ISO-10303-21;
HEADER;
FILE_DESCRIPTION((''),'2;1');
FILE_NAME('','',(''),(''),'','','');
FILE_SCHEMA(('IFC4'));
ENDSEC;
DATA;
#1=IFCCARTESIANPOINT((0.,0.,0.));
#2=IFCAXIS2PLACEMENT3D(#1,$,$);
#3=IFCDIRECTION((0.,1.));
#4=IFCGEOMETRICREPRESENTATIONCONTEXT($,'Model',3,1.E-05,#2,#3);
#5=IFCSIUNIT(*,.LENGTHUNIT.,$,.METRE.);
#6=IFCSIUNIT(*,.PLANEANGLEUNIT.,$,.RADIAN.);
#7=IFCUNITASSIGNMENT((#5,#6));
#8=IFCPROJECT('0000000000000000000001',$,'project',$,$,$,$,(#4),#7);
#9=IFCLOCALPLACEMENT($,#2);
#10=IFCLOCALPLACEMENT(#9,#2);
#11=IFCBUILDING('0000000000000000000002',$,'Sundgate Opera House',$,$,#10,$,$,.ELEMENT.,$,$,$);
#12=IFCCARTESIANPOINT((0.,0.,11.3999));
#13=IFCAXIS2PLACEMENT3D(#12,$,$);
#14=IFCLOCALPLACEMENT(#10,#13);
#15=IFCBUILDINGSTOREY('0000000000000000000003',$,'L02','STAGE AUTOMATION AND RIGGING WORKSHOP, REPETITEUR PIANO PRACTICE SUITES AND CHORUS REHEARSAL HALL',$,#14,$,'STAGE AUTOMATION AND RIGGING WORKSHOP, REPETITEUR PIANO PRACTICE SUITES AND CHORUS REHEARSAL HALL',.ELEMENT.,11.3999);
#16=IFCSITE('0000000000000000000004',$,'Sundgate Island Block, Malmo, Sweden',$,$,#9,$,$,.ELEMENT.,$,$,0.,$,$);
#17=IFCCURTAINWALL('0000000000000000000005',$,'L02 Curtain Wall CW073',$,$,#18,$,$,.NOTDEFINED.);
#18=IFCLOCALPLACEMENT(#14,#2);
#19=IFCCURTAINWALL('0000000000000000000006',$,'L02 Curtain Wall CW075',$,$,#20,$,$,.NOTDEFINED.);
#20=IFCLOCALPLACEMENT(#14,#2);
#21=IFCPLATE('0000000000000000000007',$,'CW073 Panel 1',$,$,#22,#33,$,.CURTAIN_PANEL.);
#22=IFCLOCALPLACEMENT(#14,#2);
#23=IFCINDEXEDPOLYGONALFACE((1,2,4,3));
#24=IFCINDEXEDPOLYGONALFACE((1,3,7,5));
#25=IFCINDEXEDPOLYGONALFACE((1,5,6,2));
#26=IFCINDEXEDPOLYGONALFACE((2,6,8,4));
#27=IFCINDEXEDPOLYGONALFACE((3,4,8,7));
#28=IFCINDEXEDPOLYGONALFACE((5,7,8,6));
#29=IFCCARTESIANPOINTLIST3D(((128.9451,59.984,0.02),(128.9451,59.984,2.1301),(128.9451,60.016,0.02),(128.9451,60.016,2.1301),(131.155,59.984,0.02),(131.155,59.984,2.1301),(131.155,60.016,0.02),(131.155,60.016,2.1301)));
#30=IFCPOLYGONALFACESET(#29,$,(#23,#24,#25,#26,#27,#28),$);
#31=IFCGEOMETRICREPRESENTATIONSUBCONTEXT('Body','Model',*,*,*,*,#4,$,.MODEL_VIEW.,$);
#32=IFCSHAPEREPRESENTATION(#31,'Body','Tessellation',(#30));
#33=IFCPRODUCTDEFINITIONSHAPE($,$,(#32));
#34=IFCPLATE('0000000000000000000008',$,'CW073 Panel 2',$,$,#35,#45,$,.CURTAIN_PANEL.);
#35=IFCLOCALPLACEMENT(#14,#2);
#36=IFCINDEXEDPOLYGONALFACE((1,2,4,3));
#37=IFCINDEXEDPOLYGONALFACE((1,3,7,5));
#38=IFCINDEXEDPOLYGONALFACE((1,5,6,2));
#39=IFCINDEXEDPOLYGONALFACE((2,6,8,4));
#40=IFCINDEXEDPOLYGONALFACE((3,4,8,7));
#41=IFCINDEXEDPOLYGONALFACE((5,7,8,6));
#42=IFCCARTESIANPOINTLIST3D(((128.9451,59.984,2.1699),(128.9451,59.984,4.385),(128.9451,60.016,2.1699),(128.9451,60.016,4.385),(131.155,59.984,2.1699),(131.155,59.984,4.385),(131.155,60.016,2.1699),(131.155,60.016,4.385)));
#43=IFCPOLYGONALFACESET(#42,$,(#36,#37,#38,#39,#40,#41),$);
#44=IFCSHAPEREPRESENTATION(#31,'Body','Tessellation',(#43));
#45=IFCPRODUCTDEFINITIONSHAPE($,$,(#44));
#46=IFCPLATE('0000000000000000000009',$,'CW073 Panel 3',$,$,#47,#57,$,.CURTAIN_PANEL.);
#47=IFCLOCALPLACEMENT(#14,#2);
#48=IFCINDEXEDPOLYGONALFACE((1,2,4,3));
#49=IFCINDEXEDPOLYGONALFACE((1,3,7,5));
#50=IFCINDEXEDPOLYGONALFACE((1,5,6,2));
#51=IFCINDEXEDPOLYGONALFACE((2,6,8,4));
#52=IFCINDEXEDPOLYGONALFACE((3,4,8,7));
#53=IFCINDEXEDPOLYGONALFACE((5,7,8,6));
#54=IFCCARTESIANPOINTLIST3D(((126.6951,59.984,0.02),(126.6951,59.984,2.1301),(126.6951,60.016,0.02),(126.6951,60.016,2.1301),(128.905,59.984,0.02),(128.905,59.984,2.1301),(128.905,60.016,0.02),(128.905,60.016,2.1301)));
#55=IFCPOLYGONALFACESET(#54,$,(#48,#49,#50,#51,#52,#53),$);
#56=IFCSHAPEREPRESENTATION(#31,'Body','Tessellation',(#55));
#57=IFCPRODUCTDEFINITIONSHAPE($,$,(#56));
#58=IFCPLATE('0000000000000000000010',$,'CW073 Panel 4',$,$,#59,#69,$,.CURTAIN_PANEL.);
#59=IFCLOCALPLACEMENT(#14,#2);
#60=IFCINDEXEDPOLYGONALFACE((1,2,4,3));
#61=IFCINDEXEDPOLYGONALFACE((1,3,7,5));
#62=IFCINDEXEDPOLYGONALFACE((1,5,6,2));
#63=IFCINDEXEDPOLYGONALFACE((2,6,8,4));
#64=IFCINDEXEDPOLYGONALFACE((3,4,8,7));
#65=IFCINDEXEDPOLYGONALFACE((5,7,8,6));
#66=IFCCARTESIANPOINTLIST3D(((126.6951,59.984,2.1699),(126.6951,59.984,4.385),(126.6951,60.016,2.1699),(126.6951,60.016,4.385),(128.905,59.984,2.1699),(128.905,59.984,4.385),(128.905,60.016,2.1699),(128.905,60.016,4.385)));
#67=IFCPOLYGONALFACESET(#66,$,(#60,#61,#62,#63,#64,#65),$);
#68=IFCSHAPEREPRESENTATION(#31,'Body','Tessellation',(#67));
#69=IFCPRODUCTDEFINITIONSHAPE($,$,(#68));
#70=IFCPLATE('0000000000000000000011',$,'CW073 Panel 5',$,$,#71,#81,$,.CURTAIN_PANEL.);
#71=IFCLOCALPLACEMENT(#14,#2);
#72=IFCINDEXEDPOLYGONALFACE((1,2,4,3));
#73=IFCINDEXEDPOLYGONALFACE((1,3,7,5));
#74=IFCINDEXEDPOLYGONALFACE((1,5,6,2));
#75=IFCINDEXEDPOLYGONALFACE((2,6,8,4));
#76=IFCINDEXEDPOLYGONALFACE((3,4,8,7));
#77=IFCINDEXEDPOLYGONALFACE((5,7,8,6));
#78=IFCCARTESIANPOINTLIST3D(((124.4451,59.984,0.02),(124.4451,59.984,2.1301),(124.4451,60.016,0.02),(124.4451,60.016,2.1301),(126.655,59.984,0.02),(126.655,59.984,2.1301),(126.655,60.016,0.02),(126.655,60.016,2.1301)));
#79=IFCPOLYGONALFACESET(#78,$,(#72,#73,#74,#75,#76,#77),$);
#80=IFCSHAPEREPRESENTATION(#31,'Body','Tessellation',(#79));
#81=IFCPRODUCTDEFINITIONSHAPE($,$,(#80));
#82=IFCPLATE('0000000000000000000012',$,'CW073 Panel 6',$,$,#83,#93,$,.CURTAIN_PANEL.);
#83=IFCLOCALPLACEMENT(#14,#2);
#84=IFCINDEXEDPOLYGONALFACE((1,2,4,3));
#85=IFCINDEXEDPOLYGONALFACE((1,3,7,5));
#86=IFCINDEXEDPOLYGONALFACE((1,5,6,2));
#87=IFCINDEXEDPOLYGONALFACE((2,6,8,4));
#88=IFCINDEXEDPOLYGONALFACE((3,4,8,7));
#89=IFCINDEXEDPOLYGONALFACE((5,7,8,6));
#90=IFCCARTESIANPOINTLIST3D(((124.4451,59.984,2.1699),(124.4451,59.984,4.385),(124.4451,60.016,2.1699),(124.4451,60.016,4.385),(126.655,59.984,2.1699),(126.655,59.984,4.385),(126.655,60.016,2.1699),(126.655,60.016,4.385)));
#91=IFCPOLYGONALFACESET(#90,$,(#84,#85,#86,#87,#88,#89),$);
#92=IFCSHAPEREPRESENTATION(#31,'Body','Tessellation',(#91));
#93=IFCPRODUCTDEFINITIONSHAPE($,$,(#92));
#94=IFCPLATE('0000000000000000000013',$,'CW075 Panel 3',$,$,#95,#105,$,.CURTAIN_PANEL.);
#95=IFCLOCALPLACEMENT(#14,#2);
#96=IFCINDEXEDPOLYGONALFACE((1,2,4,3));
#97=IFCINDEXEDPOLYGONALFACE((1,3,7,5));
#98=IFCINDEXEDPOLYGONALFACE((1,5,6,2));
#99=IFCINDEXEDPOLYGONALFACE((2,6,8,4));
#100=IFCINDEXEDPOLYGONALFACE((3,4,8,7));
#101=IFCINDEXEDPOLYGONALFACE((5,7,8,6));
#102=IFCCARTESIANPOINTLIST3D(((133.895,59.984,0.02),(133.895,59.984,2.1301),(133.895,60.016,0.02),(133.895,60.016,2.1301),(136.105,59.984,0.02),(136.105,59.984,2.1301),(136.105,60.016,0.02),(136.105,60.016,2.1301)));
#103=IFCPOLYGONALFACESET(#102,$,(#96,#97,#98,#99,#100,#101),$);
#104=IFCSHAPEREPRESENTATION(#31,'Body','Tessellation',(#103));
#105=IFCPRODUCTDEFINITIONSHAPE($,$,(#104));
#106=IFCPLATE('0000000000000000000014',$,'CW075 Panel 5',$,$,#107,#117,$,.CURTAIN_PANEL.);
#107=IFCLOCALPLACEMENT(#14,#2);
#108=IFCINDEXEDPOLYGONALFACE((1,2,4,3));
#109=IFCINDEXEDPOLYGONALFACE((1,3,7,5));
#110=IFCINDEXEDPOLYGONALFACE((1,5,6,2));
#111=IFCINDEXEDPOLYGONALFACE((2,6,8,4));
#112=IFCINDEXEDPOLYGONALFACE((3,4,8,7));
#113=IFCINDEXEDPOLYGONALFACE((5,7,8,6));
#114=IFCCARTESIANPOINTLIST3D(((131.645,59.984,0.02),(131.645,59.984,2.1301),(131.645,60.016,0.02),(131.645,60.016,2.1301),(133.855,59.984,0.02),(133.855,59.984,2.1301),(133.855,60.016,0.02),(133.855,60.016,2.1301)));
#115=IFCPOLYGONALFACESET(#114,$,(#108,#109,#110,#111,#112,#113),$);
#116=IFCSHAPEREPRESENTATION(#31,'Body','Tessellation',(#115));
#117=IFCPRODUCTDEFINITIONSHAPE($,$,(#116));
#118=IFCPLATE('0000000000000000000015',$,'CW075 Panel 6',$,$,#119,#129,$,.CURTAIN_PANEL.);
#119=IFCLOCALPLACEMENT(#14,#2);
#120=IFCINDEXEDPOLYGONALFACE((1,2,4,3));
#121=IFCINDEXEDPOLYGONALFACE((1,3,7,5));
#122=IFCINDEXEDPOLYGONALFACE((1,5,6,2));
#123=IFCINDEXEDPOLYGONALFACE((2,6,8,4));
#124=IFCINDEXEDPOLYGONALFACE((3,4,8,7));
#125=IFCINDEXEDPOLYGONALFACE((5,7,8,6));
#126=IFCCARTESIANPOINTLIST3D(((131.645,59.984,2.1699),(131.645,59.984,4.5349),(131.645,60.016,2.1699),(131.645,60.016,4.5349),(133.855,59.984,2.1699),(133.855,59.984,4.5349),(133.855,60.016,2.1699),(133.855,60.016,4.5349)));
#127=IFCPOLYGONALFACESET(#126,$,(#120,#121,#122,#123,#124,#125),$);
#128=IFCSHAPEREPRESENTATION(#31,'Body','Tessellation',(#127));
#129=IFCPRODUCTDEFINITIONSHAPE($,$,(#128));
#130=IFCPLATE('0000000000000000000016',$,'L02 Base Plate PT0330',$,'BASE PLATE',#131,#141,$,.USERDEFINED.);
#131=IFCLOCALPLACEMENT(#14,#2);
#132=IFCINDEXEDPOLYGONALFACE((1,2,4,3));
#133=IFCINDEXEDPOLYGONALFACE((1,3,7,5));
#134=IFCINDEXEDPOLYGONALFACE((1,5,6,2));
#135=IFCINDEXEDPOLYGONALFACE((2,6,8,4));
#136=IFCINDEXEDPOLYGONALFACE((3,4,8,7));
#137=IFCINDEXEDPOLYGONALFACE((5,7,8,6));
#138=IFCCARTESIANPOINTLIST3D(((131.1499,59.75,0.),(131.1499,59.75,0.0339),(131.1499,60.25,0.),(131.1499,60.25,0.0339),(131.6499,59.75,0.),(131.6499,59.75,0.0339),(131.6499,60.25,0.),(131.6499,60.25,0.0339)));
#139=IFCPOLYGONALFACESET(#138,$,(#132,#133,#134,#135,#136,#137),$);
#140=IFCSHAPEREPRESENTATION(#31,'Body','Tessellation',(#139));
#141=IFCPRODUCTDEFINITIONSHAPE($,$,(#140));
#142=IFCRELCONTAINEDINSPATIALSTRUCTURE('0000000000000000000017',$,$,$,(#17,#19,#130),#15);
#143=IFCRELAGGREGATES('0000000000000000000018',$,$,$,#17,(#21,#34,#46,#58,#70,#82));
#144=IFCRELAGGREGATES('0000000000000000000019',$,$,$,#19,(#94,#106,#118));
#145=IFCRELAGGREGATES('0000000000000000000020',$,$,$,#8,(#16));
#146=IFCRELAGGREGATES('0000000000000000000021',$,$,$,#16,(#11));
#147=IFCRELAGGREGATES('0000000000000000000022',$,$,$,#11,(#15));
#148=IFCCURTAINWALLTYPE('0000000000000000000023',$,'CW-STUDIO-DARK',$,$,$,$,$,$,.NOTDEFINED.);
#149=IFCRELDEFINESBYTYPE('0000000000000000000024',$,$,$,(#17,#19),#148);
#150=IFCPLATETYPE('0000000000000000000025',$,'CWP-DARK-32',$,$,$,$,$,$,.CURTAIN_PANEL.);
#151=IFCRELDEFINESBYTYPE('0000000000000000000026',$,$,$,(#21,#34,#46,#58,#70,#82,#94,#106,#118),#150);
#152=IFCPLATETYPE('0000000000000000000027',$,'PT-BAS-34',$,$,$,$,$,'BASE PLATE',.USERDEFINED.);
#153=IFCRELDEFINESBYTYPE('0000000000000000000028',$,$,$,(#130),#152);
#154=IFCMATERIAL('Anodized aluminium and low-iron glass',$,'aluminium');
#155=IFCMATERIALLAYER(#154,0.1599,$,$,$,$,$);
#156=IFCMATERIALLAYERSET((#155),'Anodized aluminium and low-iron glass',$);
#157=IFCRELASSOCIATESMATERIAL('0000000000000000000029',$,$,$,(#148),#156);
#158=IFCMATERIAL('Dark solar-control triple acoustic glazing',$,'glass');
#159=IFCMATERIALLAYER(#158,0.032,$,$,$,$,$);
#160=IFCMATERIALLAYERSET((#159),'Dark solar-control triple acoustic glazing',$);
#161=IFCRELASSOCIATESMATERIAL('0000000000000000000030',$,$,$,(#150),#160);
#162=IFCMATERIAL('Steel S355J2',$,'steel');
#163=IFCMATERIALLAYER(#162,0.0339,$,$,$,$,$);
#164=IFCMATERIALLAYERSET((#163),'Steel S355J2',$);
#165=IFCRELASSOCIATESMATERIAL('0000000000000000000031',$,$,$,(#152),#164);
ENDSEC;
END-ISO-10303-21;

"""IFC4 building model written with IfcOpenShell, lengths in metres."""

from ifc_helpers import new_model, si_unit, direction, frame, origin, origin_2d, place, context, subcontext, project, spatial, rectangle, extrude, material, layer, layer_set, type_object, element, aggregate, save


model = new_model("IFC4")

# Units and contexts
model_context = context("Model", 3, precision=1e-05, world=origin(), true_north=direction((0.0, 1.0)))
body_context = subcontext(model_context, "Body", "Model", "MODEL_VIEW")
ifc_project = project(units=[si_unit("LENGTHUNIT", "METRE"), si_unit("PLANEANGLEUNIT", "RADIAN")], contexts=[model_context])

# Site, building, storey
site_placement = place(None, origin())
site = spatial("IfcSite", under=ifc_project, at=site_placement, Name="Sundgate Island Block, Malmo, Sweden", CompositionType="ELEMENT", RefElevation=0.0)
building_placement = place(site_placement, origin())
building = spatial("IfcBuilding", under=site, at=building_placement, Name="Sundgate Opera House", CompositionType="ELEMENT")
storey_placement = place(building_placement, frame((0.0, 0.0, 11.3999)))
storey = spatial("IfcBuildingStorey", under=building, at=storey_placement, Name="L02", Description="STAGE AUTOMATION AND RIGGING WORKSHOP, REPETITEUR PIANO PRACTICE SUITES AND CHORUS REHEARSAL HALL", LongName="STAGE AUTOMATION AND RIGGING WORKSHOP, REPETITEUR PIANO PRACTICE SUITES AND CHORUS REHEARSAL HALL", CompositionType="ELEMENT", Elevation=11.3999)

# Curtain walls
ifc_material_1 = material(Name="Anodized aluminium and low-iron glass", Category="aluminium")
ifc_layer_1 = layer(ifc_material_1, 0.1599)
ifc_layer_set_1 = layer_set([ifc_layer_1], Name="Anodized aluminium and low-iron glass")
curtain_wall_type = type_object("IfcCurtainWallType", Name="CW-STUDIO-DARK", PredefinedType="NOTDEFINED", material=ifc_layer_set_1)
curtain_wall_1_placement = place(storey_placement, origin())
curtain_wall_1 = element("IfcCurtainWall", 1, at=curtain_wall_1_placement, inside=storey, type_object=curtain_wall_type, Name="L02 Curtain Wall CW073", PredefinedType="NOTDEFINED")
curtain_wall_2_placement = place(storey_placement, origin())
curtain_wall_2 = element("IfcCurtainWall", 2, at=curtain_wall_2_placement, inside=storey, type_object=curtain_wall_type, Name="L02 Curtain Wall CW075", PredefinedType="NOTDEFINED")

# Plates
ifc_material_2 = material(Name="Dark solar-control triple acoustic glazing", Category="glass")
ifc_layer_2 = layer(ifc_material_2, 0.032)
ifc_layer_set_2 = layer_set([ifc_layer_2], Name="Dark solar-control triple acoustic glazing")
plate_type_1 = type_object("IfcPlateType", Name="CWP-DARK-32", PredefinedType="CURTAIN_PANEL", material=ifc_layer_set_2)
plate_1_placement = place(storey_placement, frame((130.05, 60.0, 0.02), z_axis=(0.0, 0.0, 1.0), x_axis=(-1.0, 0.0, 0.0)))
plate_1 = element("IfcPlate", 3, at=plate_1_placement, type_object=plate_type_1, Name="CW073 Panel 1", PredefinedType="CURTAIN_PANEL", context=body_context, shape_type="SweptSolid", body=[
    extrude(rectangle(XDim=2.21, YDim=0.032, at=origin_2d()), origin(), (0.0, 0.0, 1.0), 2.1101),
])
plate_2_placement = place(storey_placement, frame((130.05, 60.0, 2.1699), z_axis=(0.0, 0.0, 1.0), x_axis=(-1.0, 0.0, 0.0)))
plate_2 = element("IfcPlate", 4, at=plate_2_placement, type_object=plate_type_1, Name="CW073 Panel 2", PredefinedType="CURTAIN_PANEL", context=body_context, shape_type="SweptSolid", body=[
    extrude(rectangle(XDim=2.21, YDim=0.032, at=origin_2d()), origin(), (0.0, 0.0, 1.0), 2.2151),
])
plate_3_placement = place(storey_placement, frame((127.8, 60.0, 0.02), z_axis=(0.0, 0.0, 1.0), x_axis=(-1.0, 0.0, 0.0)))
plate_3 = element("IfcPlate", 5, at=plate_3_placement, type_object=plate_type_1, Name="CW073 Panel 3", PredefinedType="CURTAIN_PANEL", context=body_context, shape_type="SweptSolid", body=[
    extrude(rectangle(XDim=2.21, YDim=0.032, at=origin_2d()), origin(), (0.0, 0.0, 1.0), 2.1101),
])
plate_4_placement = place(storey_placement, frame((127.8, 60.0, 2.1699), z_axis=(0.0, 0.0, 1.0), x_axis=(-1.0, 0.0, 0.0)))
plate_4 = element("IfcPlate", 6, at=plate_4_placement, type_object=plate_type_1, Name="CW073 Panel 4", PredefinedType="CURTAIN_PANEL", context=body_context, shape_type="SweptSolid", body=[
    extrude(rectangle(XDim=2.21, YDim=0.032, at=origin_2d()), origin(), (0.0, 0.0, 1.0), 2.2151),
])
plate_5_placement = place(storey_placement, frame((125.55, 60.0, 0.02), z_axis=(0.0, 0.0, 1.0), x_axis=(-1.0, 0.0, 0.0)))
plate_5 = element("IfcPlate", 7, at=plate_5_placement, type_object=plate_type_1, Name="CW073 Panel 5", PredefinedType="CURTAIN_PANEL", context=body_context, shape_type="SweptSolid", body=[
    extrude(rectangle(XDim=2.21, YDim=0.032, at=origin_2d()), origin(), (0.0, 0.0, 1.0), 2.1101),
])
plate_6_placement = place(storey_placement, frame((125.55, 60.0, 2.1699), z_axis=(0.0, 0.0, 1.0), x_axis=(-1.0, 0.0, 0.0)))
plate_6 = element("IfcPlate", 8, at=plate_6_placement, type_object=plate_type_1, Name="CW073 Panel 6", PredefinedType="CURTAIN_PANEL", context=body_context, shape_type="SweptSolid", body=[
    extrude(rectangle(XDim=2.21, YDim=0.032, at=origin_2d()), origin(), (0.0, 0.0, 1.0), 2.2151),
])
aggregate(curtain_wall_1, [plate_1, plate_2, plate_3, plate_4, plate_5, plate_6])
plate_7_placement = place(storey_placement, frame((135.0, 60.0, 0.02), z_axis=(0.0, 0.0, 1.0), x_axis=(-1.0, 0.0, 0.0)))
plate_7 = element("IfcPlate", 9, at=plate_7_placement, type_object=plate_type_1, Name="CW075 Panel 3", PredefinedType="CURTAIN_PANEL", context=body_context, shape_type="SweptSolid", body=[
    extrude(rectangle(XDim=2.21, YDim=0.032, at=origin_2d()), origin(), (0.0, 0.0, 1.0), 2.1101),
])
plate_8_placement = place(storey_placement, frame((132.75, 60.0, 0.02), z_axis=(0.0, 0.0, 1.0), x_axis=(-1.0, 0.0, 0.0)))
plate_8 = element("IfcPlate", 10, at=plate_8_placement, type_object=plate_type_1, Name="CW075 Panel 5", PredefinedType="CURTAIN_PANEL", context=body_context, shape_type="SweptSolid", body=[
    extrude(rectangle(XDim=2.21, YDim=0.032, at=origin_2d()), origin(), (0.0, 0.0, 1.0), 2.1101),
])
plate_9_placement = place(storey_placement, frame((132.75, 60.0, 2.1699), z_axis=(0.0, 0.0, 1.0), x_axis=(-1.0, 0.0, 0.0)))
plate_9 = element("IfcPlate", 11, at=plate_9_placement, type_object=plate_type_1, Name="CW075 Panel 6", PredefinedType="CURTAIN_PANEL", context=body_context, shape_type="SweptSolid", body=[
    extrude(rectangle(XDim=2.21, YDim=0.032, at=origin_2d()), origin(), (0.0, 0.0, 1.0), 2.365),
])
aggregate(curtain_wall_2, [plate_7, plate_8, plate_9])
ifc_material_3 = material(Name="Steel S355J2", Category="steel")
ifc_layer_3 = layer(ifc_material_3, 0.0339)
ifc_layer_set_3 = layer_set([ifc_layer_3], Name="Steel S355J2")
plate_type_2 = type_object("IfcPlateType", Name="PT-BAS-34", ElementType="BASE PLATE", PredefinedType="USERDEFINED", material=ifc_layer_set_3)
plate_10_placement = place(storey_placement, frame((131.3999, 60.0, 0.0), z_axis=(0.0, 0.0, 1.0), x_axis=(1.0, 0.0, 0.0)))
element("IfcPlate", 12, at=plate_10_placement, inside=storey, type_object=plate_type_2, Name="L02 Base Plate PT0330", ObjectType="BASE PLATE", PredefinedType="USERDEFINED", context=body_context, shape_type="SweptSolid", body=[
    extrude(rectangle(XDim=0.5, YDim=0.5, at=origin_2d()), origin(), (0.0, 0.0, 1.0), 0.0339),
])

save(model, "model.ifc")
